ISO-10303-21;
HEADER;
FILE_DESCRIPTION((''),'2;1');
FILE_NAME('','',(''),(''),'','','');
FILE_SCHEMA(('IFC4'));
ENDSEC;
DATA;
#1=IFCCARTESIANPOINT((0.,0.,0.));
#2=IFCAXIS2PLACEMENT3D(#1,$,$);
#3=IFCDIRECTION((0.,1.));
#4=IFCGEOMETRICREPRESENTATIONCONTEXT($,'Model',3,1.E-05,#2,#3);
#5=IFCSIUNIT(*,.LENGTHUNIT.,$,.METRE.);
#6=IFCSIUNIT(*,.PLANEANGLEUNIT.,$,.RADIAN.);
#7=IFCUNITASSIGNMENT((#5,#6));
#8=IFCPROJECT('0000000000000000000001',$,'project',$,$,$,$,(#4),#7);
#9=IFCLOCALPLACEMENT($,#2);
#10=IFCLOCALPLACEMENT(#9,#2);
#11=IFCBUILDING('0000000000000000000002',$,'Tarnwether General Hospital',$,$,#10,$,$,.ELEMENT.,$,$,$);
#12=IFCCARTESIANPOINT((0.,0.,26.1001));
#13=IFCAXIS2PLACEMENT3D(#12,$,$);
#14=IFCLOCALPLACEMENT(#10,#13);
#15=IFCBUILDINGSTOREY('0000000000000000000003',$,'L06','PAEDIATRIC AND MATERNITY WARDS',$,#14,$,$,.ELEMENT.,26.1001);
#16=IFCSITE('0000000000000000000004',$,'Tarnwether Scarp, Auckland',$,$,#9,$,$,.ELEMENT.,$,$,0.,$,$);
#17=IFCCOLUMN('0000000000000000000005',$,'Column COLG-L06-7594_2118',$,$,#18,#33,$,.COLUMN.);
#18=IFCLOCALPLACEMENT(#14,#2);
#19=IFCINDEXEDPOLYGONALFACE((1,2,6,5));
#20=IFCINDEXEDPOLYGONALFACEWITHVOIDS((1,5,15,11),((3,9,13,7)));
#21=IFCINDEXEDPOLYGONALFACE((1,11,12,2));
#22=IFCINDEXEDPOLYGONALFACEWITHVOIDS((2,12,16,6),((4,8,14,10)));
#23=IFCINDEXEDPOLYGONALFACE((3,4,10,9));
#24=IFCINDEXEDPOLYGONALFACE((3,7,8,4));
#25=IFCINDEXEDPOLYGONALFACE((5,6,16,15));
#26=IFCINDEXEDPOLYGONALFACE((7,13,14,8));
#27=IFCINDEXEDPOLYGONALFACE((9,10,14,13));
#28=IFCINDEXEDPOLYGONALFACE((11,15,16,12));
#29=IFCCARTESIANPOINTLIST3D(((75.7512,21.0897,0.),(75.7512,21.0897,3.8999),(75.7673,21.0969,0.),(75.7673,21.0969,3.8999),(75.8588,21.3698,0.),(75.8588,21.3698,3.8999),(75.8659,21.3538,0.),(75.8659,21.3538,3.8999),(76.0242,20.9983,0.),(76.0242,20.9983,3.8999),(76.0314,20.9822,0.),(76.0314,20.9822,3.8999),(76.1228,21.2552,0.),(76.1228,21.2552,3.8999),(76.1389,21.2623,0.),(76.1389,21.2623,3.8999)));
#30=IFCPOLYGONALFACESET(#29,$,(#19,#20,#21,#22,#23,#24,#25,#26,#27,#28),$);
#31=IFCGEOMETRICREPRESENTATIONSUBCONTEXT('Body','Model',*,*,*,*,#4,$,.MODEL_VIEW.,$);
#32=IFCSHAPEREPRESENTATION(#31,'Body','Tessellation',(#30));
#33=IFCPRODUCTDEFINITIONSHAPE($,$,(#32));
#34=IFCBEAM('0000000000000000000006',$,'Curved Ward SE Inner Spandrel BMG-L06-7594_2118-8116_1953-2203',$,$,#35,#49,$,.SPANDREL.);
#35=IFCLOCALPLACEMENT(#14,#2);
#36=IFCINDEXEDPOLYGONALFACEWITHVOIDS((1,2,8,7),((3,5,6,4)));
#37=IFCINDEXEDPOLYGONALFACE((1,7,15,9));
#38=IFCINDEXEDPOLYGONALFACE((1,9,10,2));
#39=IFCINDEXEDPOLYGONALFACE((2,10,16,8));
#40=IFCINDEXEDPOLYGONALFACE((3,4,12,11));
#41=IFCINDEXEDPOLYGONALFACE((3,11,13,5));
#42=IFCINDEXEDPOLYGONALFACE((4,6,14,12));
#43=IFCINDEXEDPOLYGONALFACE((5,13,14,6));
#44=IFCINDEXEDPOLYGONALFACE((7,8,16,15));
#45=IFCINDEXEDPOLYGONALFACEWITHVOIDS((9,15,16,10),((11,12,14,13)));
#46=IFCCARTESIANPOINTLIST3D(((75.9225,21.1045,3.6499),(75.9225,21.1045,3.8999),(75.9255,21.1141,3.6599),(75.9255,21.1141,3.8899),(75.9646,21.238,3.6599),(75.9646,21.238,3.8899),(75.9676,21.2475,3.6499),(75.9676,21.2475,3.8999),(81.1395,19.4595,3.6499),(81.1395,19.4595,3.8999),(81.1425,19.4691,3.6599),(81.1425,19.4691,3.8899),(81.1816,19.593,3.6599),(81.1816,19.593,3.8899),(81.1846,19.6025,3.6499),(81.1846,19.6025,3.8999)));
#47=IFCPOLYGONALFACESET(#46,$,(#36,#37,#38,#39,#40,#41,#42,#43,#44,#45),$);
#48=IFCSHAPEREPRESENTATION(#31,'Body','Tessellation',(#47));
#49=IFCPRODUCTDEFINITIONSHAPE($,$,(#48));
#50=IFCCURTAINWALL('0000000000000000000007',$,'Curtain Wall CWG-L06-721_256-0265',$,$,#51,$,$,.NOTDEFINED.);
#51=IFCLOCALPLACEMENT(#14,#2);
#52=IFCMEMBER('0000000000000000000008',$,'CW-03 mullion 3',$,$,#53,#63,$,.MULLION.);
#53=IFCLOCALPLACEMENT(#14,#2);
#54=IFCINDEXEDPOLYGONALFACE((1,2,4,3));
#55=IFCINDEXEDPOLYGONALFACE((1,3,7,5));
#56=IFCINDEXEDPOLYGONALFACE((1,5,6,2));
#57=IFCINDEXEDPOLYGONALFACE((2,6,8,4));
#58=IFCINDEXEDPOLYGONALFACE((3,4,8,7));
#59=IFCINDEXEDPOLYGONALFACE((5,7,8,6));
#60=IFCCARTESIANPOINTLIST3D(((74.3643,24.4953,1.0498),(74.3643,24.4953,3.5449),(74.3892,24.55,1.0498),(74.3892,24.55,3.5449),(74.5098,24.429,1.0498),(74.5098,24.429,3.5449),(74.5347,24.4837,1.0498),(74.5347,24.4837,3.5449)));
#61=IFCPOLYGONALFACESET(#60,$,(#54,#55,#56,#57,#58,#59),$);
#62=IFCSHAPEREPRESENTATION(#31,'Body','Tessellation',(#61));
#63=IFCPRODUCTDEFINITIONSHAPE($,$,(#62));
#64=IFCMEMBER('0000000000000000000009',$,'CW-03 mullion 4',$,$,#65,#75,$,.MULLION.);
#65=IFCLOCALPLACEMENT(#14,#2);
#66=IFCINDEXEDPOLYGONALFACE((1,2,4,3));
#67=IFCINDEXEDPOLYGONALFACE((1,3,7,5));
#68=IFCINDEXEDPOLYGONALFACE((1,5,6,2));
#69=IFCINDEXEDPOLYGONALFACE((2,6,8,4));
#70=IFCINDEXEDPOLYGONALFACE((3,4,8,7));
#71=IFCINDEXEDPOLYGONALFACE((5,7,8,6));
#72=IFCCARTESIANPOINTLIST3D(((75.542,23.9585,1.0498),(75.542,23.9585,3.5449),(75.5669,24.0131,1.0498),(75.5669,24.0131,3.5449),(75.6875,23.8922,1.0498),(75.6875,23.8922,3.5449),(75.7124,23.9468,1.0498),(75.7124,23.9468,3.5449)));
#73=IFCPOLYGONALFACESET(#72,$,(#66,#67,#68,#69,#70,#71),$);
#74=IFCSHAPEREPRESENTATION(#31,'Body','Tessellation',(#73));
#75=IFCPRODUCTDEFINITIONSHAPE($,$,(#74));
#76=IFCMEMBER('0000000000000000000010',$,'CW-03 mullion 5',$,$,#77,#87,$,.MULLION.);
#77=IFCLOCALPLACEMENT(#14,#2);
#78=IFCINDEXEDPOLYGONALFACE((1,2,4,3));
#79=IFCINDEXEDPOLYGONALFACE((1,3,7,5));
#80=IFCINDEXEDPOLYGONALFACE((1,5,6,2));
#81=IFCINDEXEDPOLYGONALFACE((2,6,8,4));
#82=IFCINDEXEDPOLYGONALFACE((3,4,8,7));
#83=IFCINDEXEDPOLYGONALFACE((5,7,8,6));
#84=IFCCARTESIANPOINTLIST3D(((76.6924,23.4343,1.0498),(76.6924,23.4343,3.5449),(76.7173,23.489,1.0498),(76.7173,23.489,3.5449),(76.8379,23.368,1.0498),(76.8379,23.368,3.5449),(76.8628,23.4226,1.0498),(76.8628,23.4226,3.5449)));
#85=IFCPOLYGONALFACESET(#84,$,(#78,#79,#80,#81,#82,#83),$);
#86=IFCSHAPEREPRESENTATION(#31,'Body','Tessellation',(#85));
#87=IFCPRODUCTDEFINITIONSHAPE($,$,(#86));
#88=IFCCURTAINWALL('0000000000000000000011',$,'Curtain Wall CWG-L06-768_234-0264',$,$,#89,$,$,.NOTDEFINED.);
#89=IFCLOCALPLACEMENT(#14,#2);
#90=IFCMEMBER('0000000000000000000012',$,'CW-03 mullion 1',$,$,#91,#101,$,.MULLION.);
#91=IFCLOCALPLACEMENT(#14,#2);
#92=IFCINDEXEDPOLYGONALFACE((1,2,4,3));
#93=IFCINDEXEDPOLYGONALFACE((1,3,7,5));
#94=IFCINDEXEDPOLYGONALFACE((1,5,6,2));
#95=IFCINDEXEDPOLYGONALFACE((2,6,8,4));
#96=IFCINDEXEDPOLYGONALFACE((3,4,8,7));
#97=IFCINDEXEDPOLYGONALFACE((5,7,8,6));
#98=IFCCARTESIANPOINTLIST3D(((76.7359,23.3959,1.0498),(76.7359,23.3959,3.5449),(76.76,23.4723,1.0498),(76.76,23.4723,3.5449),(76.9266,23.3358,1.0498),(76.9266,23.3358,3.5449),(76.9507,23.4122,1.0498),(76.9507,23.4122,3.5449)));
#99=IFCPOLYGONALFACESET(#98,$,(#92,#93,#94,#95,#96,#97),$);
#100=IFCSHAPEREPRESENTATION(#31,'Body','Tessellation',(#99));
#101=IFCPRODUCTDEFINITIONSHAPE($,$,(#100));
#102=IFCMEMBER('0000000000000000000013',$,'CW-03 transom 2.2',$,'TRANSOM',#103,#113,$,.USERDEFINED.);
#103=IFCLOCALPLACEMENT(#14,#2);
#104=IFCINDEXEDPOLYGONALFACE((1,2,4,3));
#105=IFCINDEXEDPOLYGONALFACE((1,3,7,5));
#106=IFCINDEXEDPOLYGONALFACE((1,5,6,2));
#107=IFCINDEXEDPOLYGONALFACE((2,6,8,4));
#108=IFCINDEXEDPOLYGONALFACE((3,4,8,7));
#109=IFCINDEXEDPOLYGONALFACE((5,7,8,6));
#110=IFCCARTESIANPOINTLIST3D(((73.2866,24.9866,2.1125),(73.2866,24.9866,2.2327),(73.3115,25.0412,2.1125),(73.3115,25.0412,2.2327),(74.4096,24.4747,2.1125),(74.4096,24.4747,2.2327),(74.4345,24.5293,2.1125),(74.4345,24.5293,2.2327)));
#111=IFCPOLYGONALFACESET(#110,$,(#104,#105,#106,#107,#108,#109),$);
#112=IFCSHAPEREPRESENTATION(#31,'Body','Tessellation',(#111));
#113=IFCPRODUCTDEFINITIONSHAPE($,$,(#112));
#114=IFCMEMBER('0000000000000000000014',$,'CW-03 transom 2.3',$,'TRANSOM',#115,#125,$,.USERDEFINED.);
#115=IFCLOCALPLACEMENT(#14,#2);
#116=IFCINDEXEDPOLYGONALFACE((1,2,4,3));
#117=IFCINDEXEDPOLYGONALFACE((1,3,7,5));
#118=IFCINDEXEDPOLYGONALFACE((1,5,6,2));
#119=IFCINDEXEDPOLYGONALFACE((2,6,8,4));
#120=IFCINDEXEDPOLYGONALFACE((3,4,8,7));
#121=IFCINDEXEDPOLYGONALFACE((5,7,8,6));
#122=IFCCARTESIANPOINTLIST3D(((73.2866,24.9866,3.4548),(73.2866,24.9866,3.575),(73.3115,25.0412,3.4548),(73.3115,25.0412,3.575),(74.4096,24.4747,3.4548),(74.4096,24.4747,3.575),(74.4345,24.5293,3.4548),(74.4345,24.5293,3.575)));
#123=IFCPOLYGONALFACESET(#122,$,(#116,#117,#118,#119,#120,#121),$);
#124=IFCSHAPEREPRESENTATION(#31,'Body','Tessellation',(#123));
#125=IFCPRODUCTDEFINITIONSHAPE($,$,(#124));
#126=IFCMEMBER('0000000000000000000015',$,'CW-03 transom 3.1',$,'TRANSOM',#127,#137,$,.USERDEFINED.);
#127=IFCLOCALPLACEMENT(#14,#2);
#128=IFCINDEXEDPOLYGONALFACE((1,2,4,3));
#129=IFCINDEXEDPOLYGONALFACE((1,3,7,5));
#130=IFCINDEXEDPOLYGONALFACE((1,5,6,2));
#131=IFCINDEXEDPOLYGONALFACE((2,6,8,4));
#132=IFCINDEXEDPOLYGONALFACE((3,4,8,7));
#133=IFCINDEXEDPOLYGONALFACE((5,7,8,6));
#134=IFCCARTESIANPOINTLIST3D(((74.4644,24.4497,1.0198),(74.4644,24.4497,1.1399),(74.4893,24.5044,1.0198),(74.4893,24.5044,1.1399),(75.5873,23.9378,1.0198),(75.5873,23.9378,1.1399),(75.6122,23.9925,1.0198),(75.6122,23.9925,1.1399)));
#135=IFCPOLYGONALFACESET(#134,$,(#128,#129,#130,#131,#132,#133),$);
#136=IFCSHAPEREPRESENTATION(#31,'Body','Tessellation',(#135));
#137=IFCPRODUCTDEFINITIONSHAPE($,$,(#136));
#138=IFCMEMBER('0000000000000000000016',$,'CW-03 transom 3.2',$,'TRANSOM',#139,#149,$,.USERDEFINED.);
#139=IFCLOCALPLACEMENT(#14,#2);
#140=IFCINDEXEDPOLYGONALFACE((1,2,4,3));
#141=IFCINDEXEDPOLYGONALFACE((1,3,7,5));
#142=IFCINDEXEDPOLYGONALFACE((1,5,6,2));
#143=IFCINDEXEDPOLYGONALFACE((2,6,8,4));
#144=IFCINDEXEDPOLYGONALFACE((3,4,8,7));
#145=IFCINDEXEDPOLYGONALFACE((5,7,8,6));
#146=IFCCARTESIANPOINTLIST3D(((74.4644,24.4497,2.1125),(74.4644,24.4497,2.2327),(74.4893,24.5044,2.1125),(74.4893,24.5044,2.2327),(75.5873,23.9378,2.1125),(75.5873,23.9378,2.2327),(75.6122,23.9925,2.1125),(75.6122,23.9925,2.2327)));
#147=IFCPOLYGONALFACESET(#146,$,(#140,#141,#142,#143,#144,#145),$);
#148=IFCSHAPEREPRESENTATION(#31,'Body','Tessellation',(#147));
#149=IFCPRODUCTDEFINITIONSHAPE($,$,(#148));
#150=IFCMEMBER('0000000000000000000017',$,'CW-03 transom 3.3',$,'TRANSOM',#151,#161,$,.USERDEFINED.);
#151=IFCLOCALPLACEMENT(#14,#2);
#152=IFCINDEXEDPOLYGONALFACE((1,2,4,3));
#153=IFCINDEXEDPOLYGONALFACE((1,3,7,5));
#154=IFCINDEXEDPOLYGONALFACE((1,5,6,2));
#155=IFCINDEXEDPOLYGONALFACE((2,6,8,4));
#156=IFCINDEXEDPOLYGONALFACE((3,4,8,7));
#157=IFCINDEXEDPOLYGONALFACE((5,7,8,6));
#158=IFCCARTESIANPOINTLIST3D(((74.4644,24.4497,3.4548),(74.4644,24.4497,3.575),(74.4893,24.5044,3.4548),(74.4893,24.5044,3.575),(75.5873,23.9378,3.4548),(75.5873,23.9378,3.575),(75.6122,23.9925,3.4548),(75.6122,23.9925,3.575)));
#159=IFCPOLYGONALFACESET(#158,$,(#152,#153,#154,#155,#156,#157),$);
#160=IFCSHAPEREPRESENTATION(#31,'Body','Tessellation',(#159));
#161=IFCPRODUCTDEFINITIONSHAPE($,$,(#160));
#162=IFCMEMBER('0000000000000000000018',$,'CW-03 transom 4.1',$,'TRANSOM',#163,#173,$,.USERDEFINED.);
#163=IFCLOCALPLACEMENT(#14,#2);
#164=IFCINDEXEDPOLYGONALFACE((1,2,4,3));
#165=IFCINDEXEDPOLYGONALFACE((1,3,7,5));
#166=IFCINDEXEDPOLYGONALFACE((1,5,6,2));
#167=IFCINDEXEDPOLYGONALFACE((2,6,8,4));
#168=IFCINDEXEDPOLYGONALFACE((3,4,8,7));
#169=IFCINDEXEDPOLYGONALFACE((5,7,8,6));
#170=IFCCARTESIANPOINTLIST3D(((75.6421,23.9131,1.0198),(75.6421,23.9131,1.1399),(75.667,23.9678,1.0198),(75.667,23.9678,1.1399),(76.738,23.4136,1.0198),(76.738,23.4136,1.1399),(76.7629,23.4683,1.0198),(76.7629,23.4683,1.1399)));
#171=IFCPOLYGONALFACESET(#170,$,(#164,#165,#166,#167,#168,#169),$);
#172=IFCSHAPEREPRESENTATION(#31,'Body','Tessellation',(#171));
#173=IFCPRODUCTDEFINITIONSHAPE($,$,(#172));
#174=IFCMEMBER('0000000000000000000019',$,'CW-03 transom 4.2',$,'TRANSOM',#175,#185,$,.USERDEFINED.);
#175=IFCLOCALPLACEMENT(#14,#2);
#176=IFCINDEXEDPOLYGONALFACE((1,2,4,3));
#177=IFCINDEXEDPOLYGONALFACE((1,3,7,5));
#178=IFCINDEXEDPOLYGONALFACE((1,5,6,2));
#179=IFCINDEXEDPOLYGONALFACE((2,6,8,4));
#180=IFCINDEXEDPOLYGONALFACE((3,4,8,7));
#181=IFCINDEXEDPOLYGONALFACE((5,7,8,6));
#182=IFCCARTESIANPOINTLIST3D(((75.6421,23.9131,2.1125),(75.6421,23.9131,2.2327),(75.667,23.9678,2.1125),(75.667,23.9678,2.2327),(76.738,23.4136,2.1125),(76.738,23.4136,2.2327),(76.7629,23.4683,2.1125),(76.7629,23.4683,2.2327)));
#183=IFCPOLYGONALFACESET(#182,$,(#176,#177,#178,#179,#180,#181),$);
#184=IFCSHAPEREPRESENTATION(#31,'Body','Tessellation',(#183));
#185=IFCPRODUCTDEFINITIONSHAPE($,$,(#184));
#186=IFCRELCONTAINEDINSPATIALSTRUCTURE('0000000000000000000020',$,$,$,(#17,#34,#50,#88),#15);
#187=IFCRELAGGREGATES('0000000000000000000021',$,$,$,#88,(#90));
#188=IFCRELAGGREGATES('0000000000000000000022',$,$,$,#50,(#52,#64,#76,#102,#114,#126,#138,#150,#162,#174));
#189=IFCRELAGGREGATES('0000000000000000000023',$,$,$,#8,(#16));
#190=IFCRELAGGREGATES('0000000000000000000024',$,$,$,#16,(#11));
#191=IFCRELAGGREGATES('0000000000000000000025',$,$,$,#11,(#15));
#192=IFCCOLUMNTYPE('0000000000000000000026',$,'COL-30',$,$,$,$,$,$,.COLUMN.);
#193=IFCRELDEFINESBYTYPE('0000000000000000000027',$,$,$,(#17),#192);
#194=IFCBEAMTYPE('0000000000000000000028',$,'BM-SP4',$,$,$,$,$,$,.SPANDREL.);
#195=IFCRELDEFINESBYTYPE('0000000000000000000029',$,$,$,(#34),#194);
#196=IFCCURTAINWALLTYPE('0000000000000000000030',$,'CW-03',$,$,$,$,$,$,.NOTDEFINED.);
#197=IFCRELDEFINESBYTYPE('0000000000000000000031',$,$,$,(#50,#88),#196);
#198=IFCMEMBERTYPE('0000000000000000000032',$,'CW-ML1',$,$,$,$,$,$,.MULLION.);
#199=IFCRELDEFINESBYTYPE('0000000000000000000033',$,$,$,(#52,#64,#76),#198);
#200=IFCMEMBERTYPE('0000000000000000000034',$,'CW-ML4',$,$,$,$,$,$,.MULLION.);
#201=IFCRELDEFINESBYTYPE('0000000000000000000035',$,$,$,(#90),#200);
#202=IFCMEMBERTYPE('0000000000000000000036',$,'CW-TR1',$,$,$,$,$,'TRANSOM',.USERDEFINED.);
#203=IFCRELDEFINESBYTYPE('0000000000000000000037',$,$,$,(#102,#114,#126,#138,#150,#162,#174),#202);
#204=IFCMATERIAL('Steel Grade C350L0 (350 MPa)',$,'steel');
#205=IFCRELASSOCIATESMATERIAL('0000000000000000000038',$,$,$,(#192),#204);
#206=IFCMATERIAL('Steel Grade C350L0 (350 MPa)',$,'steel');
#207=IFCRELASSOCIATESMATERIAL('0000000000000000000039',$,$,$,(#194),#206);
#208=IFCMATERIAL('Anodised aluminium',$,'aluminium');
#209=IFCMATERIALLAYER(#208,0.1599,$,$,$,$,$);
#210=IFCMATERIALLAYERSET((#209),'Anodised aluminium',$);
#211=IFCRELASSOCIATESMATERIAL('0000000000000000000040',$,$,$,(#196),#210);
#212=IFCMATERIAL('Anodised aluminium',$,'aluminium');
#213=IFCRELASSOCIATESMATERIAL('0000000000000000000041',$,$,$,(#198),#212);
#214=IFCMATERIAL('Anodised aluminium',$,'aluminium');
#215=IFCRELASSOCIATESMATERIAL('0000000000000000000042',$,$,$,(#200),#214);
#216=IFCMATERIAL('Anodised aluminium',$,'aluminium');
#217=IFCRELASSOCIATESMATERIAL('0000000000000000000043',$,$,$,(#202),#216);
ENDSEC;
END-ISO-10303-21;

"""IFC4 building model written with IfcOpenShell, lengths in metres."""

from ifc_helpers import new_model, si_unit, direction, frame, origin, origin_2d, place, context, subcontext, project, spatial, rectangle, hollow_rectangle, extrude, material, layer, layer_set, material_profile, profile_set, type_object, element, aggregate, save


model = new_model("IFC4")

# Units and contexts
model_context = context("Model", 3, precision=1e-05, world=origin(), true_north=direction((0.0, 1.0)))
body_context = subcontext(model_context, "Body", "Model", "MODEL_VIEW")
ifc_project = project(units=[si_unit("LENGTHUNIT", "METRE"), si_unit("PLANEANGLEUNIT", "RADIAN")], contexts=[model_context])

# Site, building, storey
site_placement = place(None, origin())
site = spatial("IfcSite", under=ifc_project, at=site_placement, Name="Tarnwether Scarp, Auckland", CompositionType="ELEMENT", RefElevation=0.0)
building_placement = place(site_placement, origin())
building = spatial("IfcBuilding", under=site, at=building_placement, Name="Tarnwether General Hospital", CompositionType="ELEMENT")
storey_placement = place(building_placement, frame((0.0, 0.0, 26.1001)))
storey = spatial("IfcBuildingStorey", under=building, at=storey_placement, Name="L06", Description="PAEDIATRIC AND MATERNITY WARDS", CompositionType="ELEMENT", Elevation=26.1001)

# Column
ifc_material_1 = material(Name="Steel Grade C350L0 (350 MPa)", Category="steel")
ifc_material_profile_1 = material_profile(ifc_material_1, hollow_rectangle(XDim=0.3, YDim=0.3, WallThickness=0.0125, at=origin_2d()), Name="SHS300x300x12.5")
ifc_profile_set_1 = profile_set([ifc_material_profile_1], Name="Steel Grade C350L0 (350 MPa)")
column_type = type_object("IfcColumnType", Name="COL-30", PredefinedType="COLUMN", material=ifc_profile_set_1)
column_placement = place(storey_placement, frame((75.9451, 21.176, 0.0), z_axis=(0.0, 0.0, 1.0), x_axis=(0.358368, 0.93358, 0.0)))
element("IfcColumn", 1, at=column_placement, inside=storey, type_object=column_type, Name="Column COLG-L06-7594_2118", PredefinedType="COLUMN", context=body_context, shape_type="SweptSolid", body=[
    extrude(hollow_rectangle(XDim=0.3, YDim=0.3, WallThickness=0.0125, at=origin_2d()), origin(), (0.0, 0.0, 1.0), 3.8999),
])

# Beam
ifc_material_2 = material(Name="Steel Grade C350L0 (350 MPa)", Category="steel")
ifc_material_profile_2 = material_profile(ifc_material_2, hollow_rectangle(XDim=0.1499, YDim=0.25, WallThickness=0.01, at=origin_2d()), Name="RHS250x150x10")
ifc_profile_set_2 = profile_set([ifc_material_profile_2], Name="Steel Grade C350L0 (350 MPa)")
beam_type = type_object("IfcBeamType", Name="BM-SP4", PredefinedType="SPANDREL", material=ifc_profile_set_2)
beam_placement = place(storey_placement, frame((75.9451, 21.176, 3.7749), z_axis=(0.953712, -0.300721, 0.0), x_axis=(0.300721, 0.953712, 0.0)))
element("IfcBeam", 2, at=beam_placement, inside=storey, type_object=beam_type, Name="Curved Ward SE Inner Spandrel BMG-L06-7594_2118-8116_1953-2203", PredefinedType="SPANDREL", context=body_context, shape_type="SweptSolid", body=[
    extrude(hollow_rectangle(XDim=0.1499, YDim=0.25, WallThickness=0.01, at=origin_2d()), origin(), (0.0, 0.0, 1.0), 5.4702),
])

# Curtain wall, members
ifc_material_3 = material(Name="Anodised aluminium", Category="aluminium")
ifc_layer_1 = layer(ifc_material_3, 0.1599)
ifc_layer_set_1 = layer_set([ifc_layer_1], Name="Anodised aluminium")
curtain_wall_type = type_object("IfcCurtainWallType", Name="CW-03", PredefinedType="NOTDEFINED", material=ifc_layer_set_1)
curtain_wall_1_placement = place(storey_placement, origin())
curtain_wall_1 = element("IfcCurtainWall", 3, at=curtain_wall_1_placement, inside=storey, type_object=curtain_wall_type, Name="Curtain Wall CWG-L06-721_256-0265", PredefinedType="NOTDEFINED")
ifc_material_4 = material(Name="Anodised aluminium", Category="aluminium")
ifc_material_profile_3 = material_profile(ifc_material_4, rectangle(XDim=0.0601, YDim=0.1599, at=origin_2d()), Name="ALU-MUL-60x160")
ifc_profile_set_3 = profile_set([ifc_material_profile_3], Name="Anodised aluminium")
member_type_1 = type_object("IfcMemberType", Name="CW-ML1", PredefinedType="MULLION", material=ifc_profile_set_3)
member_1_placement = place(storey_placement, frame((74.4495, 24.4895, 1.0498), z_axis=(0.0, 0.0, 1.0), x_axis=(0.414705, 0.909956, 0.0)))
member_1 = element("IfcMember", 4, at=member_1_placement, type_object=member_type_1, Name="CW-03 mullion 3", PredefinedType="MULLION", context=body_context, shape_type="SweptSolid", body=[
    extrude(rectangle(XDim=0.0601, YDim=0.1599, at=origin_2d()), origin(), (0.0, 0.0, 1.0), 2.4951),
])
member_2_placement = place(storey_placement, frame((75.6272, 23.9526, 1.0498), z_axis=(0.0, 0.0, 1.0), x_axis=(0.414705, 0.909956, 0.0)))
member_2 = element("IfcMember", 5, at=member_2_placement, type_object=member_type_1, Name="CW-03 mullion 4", PredefinedType="MULLION", context=body_context, shape_type="SweptSolid", body=[
    extrude(rectangle(XDim=0.0601, YDim=0.1599, at=origin_2d()), origin(), (0.0, 0.0, 1.0), 2.4951),
])
member_3_placement = place(storey_placement, frame((76.7776, 23.4285, 1.0498), z_axis=(0.0, 0.0, 1.0), x_axis=(0.414705, 0.909956, 0.0)))
member_3 = element("IfcMember", 6, at=member_3_placement, type_object=member_type_1, Name="CW-03 mullion 5", PredefinedType="MULLION", context=body_context, shape_type="SweptSolid", body=[
    extrude(rectangle(XDim=0.0601, YDim=0.1599, at=origin_2d()), origin(), (0.0, 0.0, 1.0), 2.4951),
])

# Curtain wall, member
curtain_wall_2_placement = place(storey_placement, origin())
curtain_wall_2 = element("IfcCurtainWall", 7, at=curtain_wall_2_placement, inside=storey, type_object=curtain_wall_type, Name="Curtain Wall CWG-L06-768_234-0264", PredefinedType="NOTDEFINED")
ifc_material_5 = material(Name="Anodised aluminium", Category="aluminium")
ifc_material_profile_4 = material_profile(ifc_material_5, rectangle(XDim=0.0801, YDim=0.2, at=origin_2d()), Name="ALU-MUL-80x200")
ifc_profile_set_4 = profile_set([ifc_material_profile_4], Name="Anodised aluminium")
member_type_2 = type_object("IfcMemberType", Name="CW-ML4", PredefinedType="MULLION", material=ifc_profile_set_4)
member_4_placement = place(storey_placement, frame((76.8433, 23.4041, 1.0498), z_axis=(0.0, 0.0, 1.0), x_axis=(0.300715, 0.953714, 0.0)))
member_4 = element("IfcMember", 8, at=member_4_placement, type_object=member_type_2, Name="CW-03 mullion 1", PredefinedType="MULLION", context=body_context, shape_type="SweptSolid", body=[
    extrude(rectangle(XDim=0.0801, YDim=0.2, at=origin_2d()), origin(), (0.0, 0.0, 1.0), 2.4951),
])

# Members
ifc_material_6 = material(Name="Anodised aluminium", Category="aluminium")
ifc_material_profile_5 = material_profile(ifc_material_6, rectangle(XDim=0.0601, YDim=0.1201, at=origin_2d()), Name="ALU-TRN-60x120")
ifc_profile_set_5 = profile_set([ifc_material_profile_5], Name="Anodised aluminium")
member_type_3 = type_object("IfcMemberType", Name="CW-TR1", ElementType="TRANSOM", PredefinedType="USERDEFINED", material=ifc_profile_set_5)
member_5_placement = place(storey_placement, frame((73.2991, 25.0139, 2.1726), z_axis=(0.909912, -0.414801, 0.0), x_axis=(0.414801, 0.909912, 0.0)))
member_5 = element("IfcMember", 9, at=member_5_placement, type_object=member_type_3, Name="CW-03 transom 2.2", ObjectType="TRANSOM", PredefinedType="USERDEFINED", context=body_context, shape_type="SweptSolid", body=[
    extrude(rectangle(XDim=0.0601, YDim=0.1201, at=origin_2d()), origin(), (0.0, 0.0, 1.0), 1.2341),
])
member_6_placement = place(storey_placement, frame((73.2991, 25.0139, 3.5149), z_axis=(0.909912, -0.414801, 0.0), x_axis=(0.414801, 0.909912, 0.0)))
member_6 = element("IfcMember", 10, at=member_6_placement, type_object=member_type_3, Name="CW-03 transom 2.3", ObjectType="TRANSOM", PredefinedType="USERDEFINED", context=body_context, shape_type="SweptSolid", body=[
    extrude(rectangle(XDim=0.0601, YDim=0.1201, at=origin_2d()), origin(), (0.0, 0.0, 1.0), 1.2341),
])
member_7_placement = place(storey_placement, frame((74.4768, 24.4771, 1.0798), z_axis=(0.909912, -0.414801, 0.0), x_axis=(0.414801, 0.909912, 0.0)))
member_7 = element("IfcMember", 11, at=member_7_placement, type_object=member_type_3, Name="CW-03 transom 3.1", ObjectType="TRANSOM", PredefinedType="USERDEFINED", context=body_context, shape_type="SweptSolid", body=[
    extrude(rectangle(XDim=0.0601, YDim=0.1201, at=origin_2d()), origin(), (0.0, 0.0, 1.0), 1.2341),
])
member_8_placement = place(storey_placement, frame((74.4768, 24.4771, 2.1726), z_axis=(0.909912, -0.414801, 0.0), x_axis=(0.414801, 0.909912, 0.0)))
member_8 = element("IfcMember", 12, at=member_8_placement, type_object=member_type_3, Name="CW-03 transom 3.2", ObjectType="TRANSOM", PredefinedType="USERDEFINED", context=body_context, shape_type="SweptSolid", body=[
    extrude(rectangle(XDim=0.0601, YDim=0.1201, at=origin_2d()), origin(), (0.0, 0.0, 1.0), 1.2341),
])
member_9_placement = place(storey_placement, frame((74.4768, 24.4771, 3.5149), z_axis=(0.909912, -0.414801, 0.0), x_axis=(0.414801, 0.909912, 0.0)))
member_9 = element("IfcMember", 13, at=member_9_placement, type_object=member_type_3, Name="CW-03 transom 3.3", ObjectType="TRANSOM", PredefinedType="USERDEFINED", context=body_context, shape_type="SweptSolid", body=[
    extrude(rectangle(XDim=0.0601, YDim=0.1201, at=origin_2d()), origin(), (0.0, 0.0, 1.0), 1.2341),
])
member_10_placement = place(storey_placement, frame((75.6545, 23.9404, 1.0798), z_axis=(0.909943, -0.414734, 0.0), x_axis=(0.414734, 0.909943, 0.0)))
member_10 = element("IfcMember", 14, at=member_10_placement, type_object=member_type_3, Name="CW-03 transom 4.1", ObjectType="TRANSOM", PredefinedType="USERDEFINED", context=body_context, shape_type="SweptSolid", body=[
    extrude(rectangle(XDim=0.0601, YDim=0.1201, at=origin_2d()), origin(), (0.0, 0.0, 1.0), 1.2043),
])
member_11_placement = place(storey_placement, frame((75.6545, 23.9404, 2.1726), z_axis=(0.909943, -0.414734, 0.0), x_axis=(0.414734, 0.909943, 0.0)))
member_11 = element("IfcMember", 15, at=member_11_placement, type_object=member_type_3, Name="CW-03 transom 4.2", ObjectType="TRANSOM", PredefinedType="USERDEFINED", context=body_context, shape_type="SweptSolid", body=[
    extrude(rectangle(XDim=0.0601, YDim=0.1201, at=origin_2d()), origin(), (0.0, 0.0, 1.0), 1.2043),
])

aggregate(curtain_wall_2, [member_4])
aggregate(curtain_wall_1, [member_1, member_2, member_3, member_5, member_6, member_7, member_8, member_9, member_10, member_11])

save(model, "model.ifc")
